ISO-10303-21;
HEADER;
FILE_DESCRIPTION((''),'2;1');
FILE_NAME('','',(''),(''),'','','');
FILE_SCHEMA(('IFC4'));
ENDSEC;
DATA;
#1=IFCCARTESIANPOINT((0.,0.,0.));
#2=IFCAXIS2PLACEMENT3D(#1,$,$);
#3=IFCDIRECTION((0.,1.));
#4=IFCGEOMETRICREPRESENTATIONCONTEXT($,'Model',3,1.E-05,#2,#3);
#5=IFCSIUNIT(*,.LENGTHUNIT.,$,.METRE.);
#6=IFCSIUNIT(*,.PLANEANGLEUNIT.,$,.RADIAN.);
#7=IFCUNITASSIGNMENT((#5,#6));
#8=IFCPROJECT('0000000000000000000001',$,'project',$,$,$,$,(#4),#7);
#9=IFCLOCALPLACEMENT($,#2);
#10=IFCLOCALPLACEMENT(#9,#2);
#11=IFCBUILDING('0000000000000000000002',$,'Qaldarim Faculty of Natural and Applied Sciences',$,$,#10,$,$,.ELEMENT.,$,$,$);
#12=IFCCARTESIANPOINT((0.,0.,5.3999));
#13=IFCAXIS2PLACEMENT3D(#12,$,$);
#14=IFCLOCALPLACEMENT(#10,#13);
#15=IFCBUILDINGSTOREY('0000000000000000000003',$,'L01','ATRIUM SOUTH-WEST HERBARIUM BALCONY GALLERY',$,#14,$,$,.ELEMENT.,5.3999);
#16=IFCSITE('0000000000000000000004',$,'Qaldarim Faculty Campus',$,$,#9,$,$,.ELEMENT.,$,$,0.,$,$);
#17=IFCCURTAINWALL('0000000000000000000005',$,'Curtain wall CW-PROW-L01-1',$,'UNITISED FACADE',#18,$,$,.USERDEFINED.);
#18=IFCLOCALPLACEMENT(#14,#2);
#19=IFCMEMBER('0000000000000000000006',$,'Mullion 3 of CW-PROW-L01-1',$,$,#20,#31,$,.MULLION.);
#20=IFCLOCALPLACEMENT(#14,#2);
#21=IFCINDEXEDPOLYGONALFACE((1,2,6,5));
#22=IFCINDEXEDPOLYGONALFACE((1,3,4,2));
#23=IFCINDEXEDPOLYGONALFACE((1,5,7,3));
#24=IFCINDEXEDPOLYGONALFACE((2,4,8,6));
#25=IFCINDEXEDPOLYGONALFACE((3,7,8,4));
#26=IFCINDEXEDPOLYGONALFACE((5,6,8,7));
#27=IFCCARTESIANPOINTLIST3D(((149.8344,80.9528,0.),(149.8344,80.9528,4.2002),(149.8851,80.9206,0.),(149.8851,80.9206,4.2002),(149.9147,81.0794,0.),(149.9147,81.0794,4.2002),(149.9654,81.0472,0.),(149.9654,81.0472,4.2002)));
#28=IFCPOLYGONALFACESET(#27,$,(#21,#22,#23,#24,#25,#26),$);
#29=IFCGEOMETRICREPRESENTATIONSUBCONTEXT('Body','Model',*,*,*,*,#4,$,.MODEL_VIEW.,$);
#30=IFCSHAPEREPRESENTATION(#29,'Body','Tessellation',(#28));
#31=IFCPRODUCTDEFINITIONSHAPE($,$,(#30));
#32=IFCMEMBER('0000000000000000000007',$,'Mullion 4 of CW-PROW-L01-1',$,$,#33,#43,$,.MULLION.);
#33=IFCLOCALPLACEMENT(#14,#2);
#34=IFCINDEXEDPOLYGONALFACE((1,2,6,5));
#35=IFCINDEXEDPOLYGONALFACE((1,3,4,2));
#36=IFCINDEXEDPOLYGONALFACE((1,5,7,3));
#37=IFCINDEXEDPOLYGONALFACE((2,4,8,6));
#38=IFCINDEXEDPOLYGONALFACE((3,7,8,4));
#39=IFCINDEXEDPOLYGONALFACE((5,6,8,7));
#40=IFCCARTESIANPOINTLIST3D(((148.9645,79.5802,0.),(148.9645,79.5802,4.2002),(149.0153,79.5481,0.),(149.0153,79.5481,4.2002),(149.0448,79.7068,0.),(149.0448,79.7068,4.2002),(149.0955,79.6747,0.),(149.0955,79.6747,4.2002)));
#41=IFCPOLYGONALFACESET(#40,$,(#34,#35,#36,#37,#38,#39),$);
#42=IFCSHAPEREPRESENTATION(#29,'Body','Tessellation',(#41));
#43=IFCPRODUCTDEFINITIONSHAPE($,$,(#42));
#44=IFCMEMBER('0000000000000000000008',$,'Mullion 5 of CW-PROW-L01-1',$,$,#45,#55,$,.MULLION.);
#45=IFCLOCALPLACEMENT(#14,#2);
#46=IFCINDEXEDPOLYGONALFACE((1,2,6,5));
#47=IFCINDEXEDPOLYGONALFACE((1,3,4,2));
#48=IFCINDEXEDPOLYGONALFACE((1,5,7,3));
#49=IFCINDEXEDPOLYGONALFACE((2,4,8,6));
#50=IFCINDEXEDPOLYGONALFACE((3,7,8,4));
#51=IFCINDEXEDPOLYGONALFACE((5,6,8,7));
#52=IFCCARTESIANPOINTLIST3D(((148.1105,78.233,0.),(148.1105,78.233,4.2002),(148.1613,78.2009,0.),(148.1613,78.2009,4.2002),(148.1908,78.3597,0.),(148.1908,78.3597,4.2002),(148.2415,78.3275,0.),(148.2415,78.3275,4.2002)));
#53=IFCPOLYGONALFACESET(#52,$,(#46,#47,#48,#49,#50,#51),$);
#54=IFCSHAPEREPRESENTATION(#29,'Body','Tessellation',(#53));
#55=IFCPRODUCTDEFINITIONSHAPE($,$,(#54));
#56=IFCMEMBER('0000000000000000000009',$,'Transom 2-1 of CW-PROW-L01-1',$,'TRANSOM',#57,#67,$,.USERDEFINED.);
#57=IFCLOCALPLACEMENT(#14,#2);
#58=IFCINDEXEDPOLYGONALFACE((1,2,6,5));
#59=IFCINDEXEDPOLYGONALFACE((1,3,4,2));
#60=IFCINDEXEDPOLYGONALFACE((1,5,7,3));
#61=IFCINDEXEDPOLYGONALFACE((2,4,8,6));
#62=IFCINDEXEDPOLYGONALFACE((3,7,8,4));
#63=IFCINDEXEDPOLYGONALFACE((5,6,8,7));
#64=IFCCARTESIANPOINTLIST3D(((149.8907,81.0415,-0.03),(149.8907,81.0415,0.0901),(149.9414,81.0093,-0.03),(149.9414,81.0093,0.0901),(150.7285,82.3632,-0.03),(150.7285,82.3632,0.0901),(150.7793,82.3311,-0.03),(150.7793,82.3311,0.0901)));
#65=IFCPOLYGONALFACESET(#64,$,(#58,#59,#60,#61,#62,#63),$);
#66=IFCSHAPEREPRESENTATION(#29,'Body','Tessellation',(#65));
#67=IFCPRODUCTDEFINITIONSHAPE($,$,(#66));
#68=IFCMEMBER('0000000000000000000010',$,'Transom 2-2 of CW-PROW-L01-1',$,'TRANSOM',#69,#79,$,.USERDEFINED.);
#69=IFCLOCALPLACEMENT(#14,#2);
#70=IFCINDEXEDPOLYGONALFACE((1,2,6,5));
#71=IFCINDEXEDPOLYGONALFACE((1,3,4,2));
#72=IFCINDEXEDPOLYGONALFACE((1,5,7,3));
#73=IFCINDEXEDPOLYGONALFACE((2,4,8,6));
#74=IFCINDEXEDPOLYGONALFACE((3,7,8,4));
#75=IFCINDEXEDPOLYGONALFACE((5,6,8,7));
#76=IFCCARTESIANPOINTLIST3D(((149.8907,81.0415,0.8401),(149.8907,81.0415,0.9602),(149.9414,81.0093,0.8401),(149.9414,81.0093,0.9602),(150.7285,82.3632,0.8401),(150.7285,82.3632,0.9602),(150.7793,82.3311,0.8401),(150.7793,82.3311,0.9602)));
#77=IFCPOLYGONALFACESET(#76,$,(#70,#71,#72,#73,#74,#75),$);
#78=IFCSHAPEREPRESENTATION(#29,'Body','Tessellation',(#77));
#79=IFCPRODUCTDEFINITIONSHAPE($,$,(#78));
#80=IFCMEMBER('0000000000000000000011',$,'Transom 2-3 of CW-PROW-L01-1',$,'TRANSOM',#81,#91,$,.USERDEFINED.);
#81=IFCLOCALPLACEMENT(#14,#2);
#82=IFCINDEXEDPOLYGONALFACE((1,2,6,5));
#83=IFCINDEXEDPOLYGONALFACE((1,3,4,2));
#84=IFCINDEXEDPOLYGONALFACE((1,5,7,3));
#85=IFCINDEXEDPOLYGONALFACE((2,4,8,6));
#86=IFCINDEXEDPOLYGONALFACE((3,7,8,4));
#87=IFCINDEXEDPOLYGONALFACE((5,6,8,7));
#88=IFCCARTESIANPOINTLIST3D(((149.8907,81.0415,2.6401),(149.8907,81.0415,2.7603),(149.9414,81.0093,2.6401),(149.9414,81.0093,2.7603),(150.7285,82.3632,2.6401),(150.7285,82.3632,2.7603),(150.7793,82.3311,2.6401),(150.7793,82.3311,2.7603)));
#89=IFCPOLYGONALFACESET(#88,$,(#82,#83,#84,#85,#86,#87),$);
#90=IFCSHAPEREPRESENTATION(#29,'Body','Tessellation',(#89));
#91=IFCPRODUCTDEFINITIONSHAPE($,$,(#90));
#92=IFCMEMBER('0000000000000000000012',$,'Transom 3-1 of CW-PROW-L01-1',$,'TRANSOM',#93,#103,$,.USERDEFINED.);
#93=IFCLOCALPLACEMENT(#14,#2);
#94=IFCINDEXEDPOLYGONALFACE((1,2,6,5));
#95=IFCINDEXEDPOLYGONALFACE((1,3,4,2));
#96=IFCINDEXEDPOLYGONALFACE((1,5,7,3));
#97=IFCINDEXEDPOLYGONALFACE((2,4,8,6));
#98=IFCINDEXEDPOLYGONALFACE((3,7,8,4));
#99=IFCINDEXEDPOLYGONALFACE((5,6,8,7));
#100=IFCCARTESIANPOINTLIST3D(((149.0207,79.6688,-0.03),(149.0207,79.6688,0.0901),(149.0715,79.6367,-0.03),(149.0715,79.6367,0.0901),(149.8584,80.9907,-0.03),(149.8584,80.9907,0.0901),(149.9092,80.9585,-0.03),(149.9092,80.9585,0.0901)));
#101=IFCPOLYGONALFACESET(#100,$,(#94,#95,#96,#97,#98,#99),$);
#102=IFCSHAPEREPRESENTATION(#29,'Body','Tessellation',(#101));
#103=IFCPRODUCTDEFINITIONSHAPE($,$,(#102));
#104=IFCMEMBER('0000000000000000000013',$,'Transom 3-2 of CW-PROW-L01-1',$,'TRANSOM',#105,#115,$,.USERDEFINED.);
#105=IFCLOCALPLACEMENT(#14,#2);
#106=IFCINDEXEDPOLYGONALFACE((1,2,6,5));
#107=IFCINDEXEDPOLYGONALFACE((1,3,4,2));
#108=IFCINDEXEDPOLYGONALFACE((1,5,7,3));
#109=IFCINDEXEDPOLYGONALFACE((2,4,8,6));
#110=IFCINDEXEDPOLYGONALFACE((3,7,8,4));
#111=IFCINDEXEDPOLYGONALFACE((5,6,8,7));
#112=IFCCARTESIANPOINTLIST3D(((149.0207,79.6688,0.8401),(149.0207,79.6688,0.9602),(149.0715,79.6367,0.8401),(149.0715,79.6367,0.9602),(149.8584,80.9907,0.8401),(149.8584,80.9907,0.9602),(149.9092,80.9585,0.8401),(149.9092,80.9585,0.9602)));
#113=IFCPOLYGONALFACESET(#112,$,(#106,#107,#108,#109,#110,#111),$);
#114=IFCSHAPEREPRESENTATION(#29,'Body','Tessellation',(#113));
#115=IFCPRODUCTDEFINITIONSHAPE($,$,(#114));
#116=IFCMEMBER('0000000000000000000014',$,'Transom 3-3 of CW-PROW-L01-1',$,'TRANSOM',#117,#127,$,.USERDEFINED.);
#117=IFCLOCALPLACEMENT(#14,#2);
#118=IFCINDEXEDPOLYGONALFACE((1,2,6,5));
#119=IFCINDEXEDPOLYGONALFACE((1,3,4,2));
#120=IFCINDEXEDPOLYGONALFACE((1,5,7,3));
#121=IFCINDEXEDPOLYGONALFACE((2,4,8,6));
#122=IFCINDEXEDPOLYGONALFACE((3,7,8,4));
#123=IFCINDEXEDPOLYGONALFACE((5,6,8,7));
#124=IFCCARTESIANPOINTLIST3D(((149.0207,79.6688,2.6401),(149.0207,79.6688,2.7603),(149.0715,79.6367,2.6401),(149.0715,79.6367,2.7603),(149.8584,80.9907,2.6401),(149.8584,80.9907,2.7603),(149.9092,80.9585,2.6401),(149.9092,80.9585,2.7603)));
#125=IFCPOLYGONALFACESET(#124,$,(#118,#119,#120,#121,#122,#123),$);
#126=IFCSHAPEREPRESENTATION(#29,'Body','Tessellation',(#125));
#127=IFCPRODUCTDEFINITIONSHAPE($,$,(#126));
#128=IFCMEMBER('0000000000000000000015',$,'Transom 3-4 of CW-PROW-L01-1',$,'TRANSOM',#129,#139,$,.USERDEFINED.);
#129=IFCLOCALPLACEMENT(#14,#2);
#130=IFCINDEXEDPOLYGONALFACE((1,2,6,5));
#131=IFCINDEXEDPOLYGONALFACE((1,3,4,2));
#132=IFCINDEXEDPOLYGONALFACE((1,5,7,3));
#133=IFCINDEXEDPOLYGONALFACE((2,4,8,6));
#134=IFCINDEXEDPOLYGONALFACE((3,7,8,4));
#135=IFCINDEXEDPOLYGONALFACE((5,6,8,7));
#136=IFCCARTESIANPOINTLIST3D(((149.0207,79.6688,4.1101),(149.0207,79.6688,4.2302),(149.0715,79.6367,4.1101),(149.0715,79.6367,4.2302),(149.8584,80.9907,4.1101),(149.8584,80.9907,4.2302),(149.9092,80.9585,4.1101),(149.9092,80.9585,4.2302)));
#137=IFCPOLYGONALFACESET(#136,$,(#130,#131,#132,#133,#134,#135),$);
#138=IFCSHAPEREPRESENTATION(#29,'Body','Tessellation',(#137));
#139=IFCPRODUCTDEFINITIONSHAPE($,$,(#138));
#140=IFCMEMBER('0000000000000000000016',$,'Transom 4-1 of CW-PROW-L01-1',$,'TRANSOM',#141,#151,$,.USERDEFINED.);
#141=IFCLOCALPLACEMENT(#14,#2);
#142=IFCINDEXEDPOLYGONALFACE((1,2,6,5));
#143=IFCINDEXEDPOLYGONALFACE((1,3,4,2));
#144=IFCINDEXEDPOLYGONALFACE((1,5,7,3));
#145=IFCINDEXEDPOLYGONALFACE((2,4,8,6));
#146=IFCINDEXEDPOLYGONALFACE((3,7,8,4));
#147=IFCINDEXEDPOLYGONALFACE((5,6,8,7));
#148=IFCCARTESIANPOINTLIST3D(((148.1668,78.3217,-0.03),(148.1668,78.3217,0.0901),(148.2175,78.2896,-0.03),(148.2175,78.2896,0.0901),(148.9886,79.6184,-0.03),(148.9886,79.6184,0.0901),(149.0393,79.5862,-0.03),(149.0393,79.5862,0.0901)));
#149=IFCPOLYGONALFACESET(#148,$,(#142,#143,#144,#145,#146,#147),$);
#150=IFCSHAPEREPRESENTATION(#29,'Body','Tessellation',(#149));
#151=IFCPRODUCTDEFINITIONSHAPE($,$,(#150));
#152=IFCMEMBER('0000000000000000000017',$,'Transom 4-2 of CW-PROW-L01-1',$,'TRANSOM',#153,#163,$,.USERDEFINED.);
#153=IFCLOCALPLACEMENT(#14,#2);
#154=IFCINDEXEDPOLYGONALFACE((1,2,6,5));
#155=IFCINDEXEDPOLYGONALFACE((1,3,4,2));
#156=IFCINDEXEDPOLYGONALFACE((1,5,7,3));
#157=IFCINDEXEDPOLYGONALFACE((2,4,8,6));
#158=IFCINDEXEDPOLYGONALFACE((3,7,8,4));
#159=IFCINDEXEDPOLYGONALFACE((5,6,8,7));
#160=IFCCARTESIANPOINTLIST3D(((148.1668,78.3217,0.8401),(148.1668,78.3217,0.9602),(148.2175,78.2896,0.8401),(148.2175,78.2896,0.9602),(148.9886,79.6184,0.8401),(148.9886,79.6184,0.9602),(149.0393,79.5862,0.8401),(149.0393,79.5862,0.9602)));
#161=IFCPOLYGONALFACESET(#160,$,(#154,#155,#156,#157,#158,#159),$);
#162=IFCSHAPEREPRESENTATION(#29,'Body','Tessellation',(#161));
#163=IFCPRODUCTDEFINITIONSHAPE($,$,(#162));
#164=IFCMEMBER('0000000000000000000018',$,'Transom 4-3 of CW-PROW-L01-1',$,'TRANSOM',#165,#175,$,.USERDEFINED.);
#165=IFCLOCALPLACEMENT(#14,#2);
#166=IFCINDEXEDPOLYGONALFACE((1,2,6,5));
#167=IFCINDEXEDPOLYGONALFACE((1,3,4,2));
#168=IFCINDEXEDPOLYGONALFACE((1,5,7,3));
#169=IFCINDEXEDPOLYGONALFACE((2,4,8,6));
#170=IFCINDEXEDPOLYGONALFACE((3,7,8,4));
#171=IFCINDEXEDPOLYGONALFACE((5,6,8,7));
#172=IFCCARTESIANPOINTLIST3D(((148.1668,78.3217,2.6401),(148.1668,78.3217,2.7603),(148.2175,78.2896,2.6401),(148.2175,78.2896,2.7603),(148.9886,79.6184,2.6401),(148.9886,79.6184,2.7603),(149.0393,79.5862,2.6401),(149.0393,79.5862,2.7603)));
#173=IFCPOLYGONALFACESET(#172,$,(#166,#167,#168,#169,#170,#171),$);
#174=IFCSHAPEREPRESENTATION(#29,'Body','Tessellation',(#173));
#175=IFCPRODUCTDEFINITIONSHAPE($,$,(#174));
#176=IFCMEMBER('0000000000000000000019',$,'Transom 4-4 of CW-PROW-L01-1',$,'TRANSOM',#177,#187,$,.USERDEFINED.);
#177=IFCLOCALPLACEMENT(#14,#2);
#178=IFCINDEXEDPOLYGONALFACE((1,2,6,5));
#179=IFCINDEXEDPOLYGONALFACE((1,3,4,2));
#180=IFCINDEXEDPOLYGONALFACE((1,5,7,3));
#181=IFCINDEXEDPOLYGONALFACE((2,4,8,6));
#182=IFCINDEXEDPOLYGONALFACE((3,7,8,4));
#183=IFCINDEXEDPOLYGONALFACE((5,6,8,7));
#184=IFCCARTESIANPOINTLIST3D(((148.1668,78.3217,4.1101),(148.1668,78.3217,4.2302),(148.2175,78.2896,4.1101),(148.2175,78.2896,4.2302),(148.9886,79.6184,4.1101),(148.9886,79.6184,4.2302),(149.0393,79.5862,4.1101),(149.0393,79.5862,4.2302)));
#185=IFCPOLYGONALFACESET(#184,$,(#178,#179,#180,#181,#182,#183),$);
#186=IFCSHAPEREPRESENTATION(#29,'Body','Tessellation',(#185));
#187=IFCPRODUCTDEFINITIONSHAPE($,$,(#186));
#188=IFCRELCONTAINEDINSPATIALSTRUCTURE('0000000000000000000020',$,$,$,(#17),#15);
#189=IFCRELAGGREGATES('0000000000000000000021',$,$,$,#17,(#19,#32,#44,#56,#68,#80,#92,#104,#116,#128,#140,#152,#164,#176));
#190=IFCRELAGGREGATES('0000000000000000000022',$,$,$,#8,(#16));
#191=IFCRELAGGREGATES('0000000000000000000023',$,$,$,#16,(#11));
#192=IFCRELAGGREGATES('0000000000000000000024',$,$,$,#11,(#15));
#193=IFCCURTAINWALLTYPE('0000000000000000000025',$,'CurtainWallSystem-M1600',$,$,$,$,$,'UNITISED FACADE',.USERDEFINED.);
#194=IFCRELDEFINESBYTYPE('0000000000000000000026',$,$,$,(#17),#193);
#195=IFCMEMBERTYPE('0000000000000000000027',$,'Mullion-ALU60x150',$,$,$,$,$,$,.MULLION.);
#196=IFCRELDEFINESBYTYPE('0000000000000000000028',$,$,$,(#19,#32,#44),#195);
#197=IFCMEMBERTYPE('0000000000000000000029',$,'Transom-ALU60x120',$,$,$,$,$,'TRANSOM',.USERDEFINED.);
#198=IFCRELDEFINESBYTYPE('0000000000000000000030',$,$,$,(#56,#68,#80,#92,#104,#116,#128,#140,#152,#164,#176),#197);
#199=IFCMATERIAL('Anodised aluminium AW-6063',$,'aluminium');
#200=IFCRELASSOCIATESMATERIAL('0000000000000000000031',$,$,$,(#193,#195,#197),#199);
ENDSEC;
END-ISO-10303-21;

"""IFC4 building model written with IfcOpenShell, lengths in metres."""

from ifc_helpers import new_model, si_unit, direction, frame, origin, origin_2d, place, context, subcontext, project, spatial, rectangle, extrude, material, material_profile, profile_set, type_object, element, aggregate, save


model = new_model("IFC4")

# Units and contexts
model_context = context("Model", 3, precision=1e-05, world=origin(), true_north=direction((0.0, 1.0)))
body_context = subcontext(model_context, "Body", "Model", "MODEL_VIEW")
ifc_project = project(units=[si_unit("LENGTHUNIT", "METRE"), si_unit("PLANEANGLEUNIT", "RADIAN")], contexts=[model_context])

# Site, building, storey
site_placement = place(None, origin())
site = spatial("IfcSite", under=ifc_project, at=site_placement, Name="Qaldarim Faculty Campus", CompositionType="ELEMENT", RefElevation=0.0)
building_placement = place(site_placement, origin())
building = spatial("IfcBuilding", under=site, at=building_placement, Name="Qaldarim Faculty of Natural and Applied Sciences", CompositionType="ELEMENT")
storey_placement = place(building_placement, frame((0.0, 0.0, 5.3999)))
storey = spatial("IfcBuildingStorey", under=building, at=storey_placement, Name="L01", Description="ATRIUM SOUTH-WEST HERBARIUM BALCONY GALLERY", CompositionType="ELEMENT", Elevation=5.3999)

# Curtain wall, members
ifc_material_1 = material(Name="Anodised aluminium AW-6063", Category="aluminium")
curtain_wall_type = type_object("IfcCurtainWallType", Name="CurtainWallSystem-M1600", ElementType="UNITISED FACADE", PredefinedType="USERDEFINED", material=ifc_material_1)
curtain_wall_placement = place(storey_placement, origin())
curtain_wall = element("IfcCurtainWall", 1, at=curtain_wall_placement, inside=storey, type_object=curtain_wall_type, Name="Curtain wall CW-PROW-L01-1", ObjectType="UNITISED FACADE", PredefinedType="USERDEFINED")
ifc_material_profile_1 = material_profile(ifc_material_1, rectangle(XDim=0.0601, YDim=0.1499, at=origin_2d()), Name="ALU-M60x150")
ifc_profile_set_1 = profile_set([ifc_material_profile_1], Name="Anodised aluminium AW-6063")
member_type_1 = type_object("IfcMemberType", Name="Mullion-ALU60x150", PredefinedType="MULLION", material=ifc_profile_set_1)
member_1_placement = place(storey_placement, frame((149.8999, 81.0, 0.0), z_axis=(0.0, 0.0, 1.0), x_axis=(0.844608, -0.535385, 0.0)))
member_1 = element("IfcMember", 2, at=member_1_placement, type_object=member_type_1, Name="Mullion 3 of CW-PROW-L01-1", PredefinedType="MULLION", context=body_context, shape_type="SweptSolid", body=[
    extrude(rectangle(XDim=0.0601, YDim=0.1499, at=origin_2d()), origin(), (0.0, 0.0, 1.0), 4.2002),
])
member_2_placement = place(storey_placement, frame((149.03, 79.6274, 0.0), z_axis=(0.0, 0.0, 1.0), x_axis=(0.844608, -0.535385, 0.0)))
member_2 = element("IfcMember", 3, at=member_2_placement, type_object=member_type_1, Name="Mullion 4 of CW-PROW-L01-1", PredefinedType="MULLION", context=body_context, shape_type="SweptSolid", body=[
    extrude(rectangle(XDim=0.0601, YDim=0.1499, at=origin_2d()), origin(), (0.0, 0.0, 1.0), 4.2002),
])
member_3_placement = place(storey_placement, frame((148.176, 78.2803, 0.0), z_axis=(0.0, 0.0, 1.0), x_axis=(0.844608, -0.535385, 0.0)))
member_3 = element("IfcMember", 4, at=member_3_placement, type_object=member_type_1, Name="Mullion 5 of CW-PROW-L01-1", PredefinedType="MULLION", context=body_context, shape_type="SweptSolid", body=[
    extrude(rectangle(XDim=0.0601, YDim=0.1499, at=origin_2d()), origin(), (0.0, 0.0, 1.0), 4.2002),
])
ifc_material_profile_2 = material_profile(ifc_material_1, rectangle(XDim=0.0601, YDim=0.1201, at=origin_2d()), Name="ALU-T60x120")
ifc_profile_set_2 = profile_set([ifc_material_profile_2], Name="Anodised aluminium AW-6063")
member_type_2 = type_object("IfcMemberType", Name="Transom-ALU60x120", ElementType="TRANSOM", PredefinedType="USERDEFINED", material=ifc_profile_set_2)
member_4_placement = place(storey_placement, frame((150.7539, 82.3472, 0.03), z_axis=(-0.535401, -0.844598, 0.0), x_axis=(0.844598, -0.535401, 0.0)))
member_4 = element("IfcMember", 5, at=member_4_placement, type_object=member_type_2, Name="Transom 2-1 of CW-PROW-L01-1", ObjectType="TRANSOM", PredefinedType="USERDEFINED", context=body_context, shape_type="SweptSolid", body=[
    extrude(rectangle(XDim=0.0601, YDim=0.1201, at=origin_2d()), origin(), (0.0, 0.0, 1.0), 1.5649),
])
member_5_placement = place(storey_placement, frame((150.7539, 82.3472, 0.9001), z_axis=(-0.535401, -0.844598, 0.0), x_axis=(0.844598, -0.535401, 0.0)))
member_5 = element("IfcMember", 6, at=member_5_placement, type_object=member_type_2, Name="Transom 2-2 of CW-PROW-L01-1", ObjectType="TRANSOM", PredefinedType="USERDEFINED", context=body_context, shape_type="SweptSolid", body=[
    extrude(rectangle(XDim=0.0601, YDim=0.1201, at=origin_2d()), origin(), (0.0, 0.0, 1.0), 1.5649),
])
member_6_placement = place(storey_placement, frame((150.7539, 82.3472, 2.7002), z_axis=(-0.535401, -0.844598, 0.0), x_axis=(0.844598, -0.535401, 0.0)))
member_6 = element("IfcMember", 7, at=member_6_placement, type_object=member_type_2, Name="Transom 2-3 of CW-PROW-L01-1", ObjectType="TRANSOM", PredefinedType="USERDEFINED", context=body_context, shape_type="SweptSolid", body=[
    extrude(rectangle(XDim=0.0601, YDim=0.1201, at=origin_2d()), origin(), (0.0, 0.0, 1.0), 1.5649),
])
member_7_placement = place(storey_placement, frame((149.8838, 80.9746, 0.03), z_axis=(-0.53529, -0.844669, 0.0), x_axis=(0.844669, -0.53529, 0.0)))
member_7 = element("IfcMember", 8, at=member_7_placement, type_object=member_type_2, Name="Transom 3-1 of CW-PROW-L01-1", ObjectType="TRANSOM", PredefinedType="USERDEFINED", context=body_context, shape_type="SweptSolid", body=[
    extrude(rectangle(XDim=0.0601, YDim=0.1201, at=origin_2d()), origin(), (0.0, 0.0, 1.0), 1.5649),
])
member_8_placement = place(storey_placement, frame((149.8838, 80.9746, 0.9001), z_axis=(-0.53529, -0.844669, 0.0), x_axis=(0.844669, -0.53529, 0.0)))
member_8 = element("IfcMember", 9, at=member_8_placement, type_object=member_type_2, Name="Transom 3-2 of CW-PROW-L01-1", ObjectType="TRANSOM", PredefinedType="USERDEFINED", context=body_context, shape_type="SweptSolid", body=[
    extrude(rectangle(XDim=0.0601, YDim=0.1201, at=origin_2d()), origin(), (0.0, 0.0, 1.0), 1.5649),
])
member_9_placement = place(storey_placement, frame((149.8838, 80.9746, 2.7002), z_axis=(-0.53529, -0.844669, 0.0), x_axis=(0.844669, -0.53529, 0.0)))
member_9 = element("IfcMember", 10, at=member_9_placement, type_object=member_type_2, Name="Transom 3-3 of CW-PROW-L01-1", ObjectType="TRANSOM", PredefinedType="USERDEFINED", context=body_context, shape_type="SweptSolid", body=[
    extrude(rectangle(XDim=0.0601, YDim=0.1201, at=origin_2d()), origin(), (0.0, 0.0, 1.0), 1.5649),
])
member_10_placement = place(storey_placement, frame((149.8838, 80.9746, 4.1702), z_axis=(-0.53529, -0.844669, 0.0), x_axis=(0.844669, -0.53529, 0.0)))
member_10 = element("IfcMember", 11, at=member_10_placement, type_object=member_type_2, Name="Transom 3-4 of CW-PROW-L01-1", ObjectType="TRANSOM", PredefinedType="USERDEFINED", context=body_context, shape_type="SweptSolid", body=[
    extrude(rectangle(XDim=0.0601, YDim=0.1201, at=origin_2d()), origin(), (0.0, 0.0, 1.0), 1.5649),
])
member_11_placement = place(storey_placement, frame((149.0139, 79.6023, 0.03), z_axis=(-0.535321, -0.844649, 0.0), x_axis=(0.844649, -0.535321, 0.0)))
member_11 = element("IfcMember", 12, at=member_11_placement, type_object=member_type_2, Name="Transom 4-1 of CW-PROW-L01-1", ObjectType="TRANSOM", PredefinedType="USERDEFINED", context=body_context, shape_type="SweptSolid", body=[
    extrude(rectangle(XDim=0.0601, YDim=0.1201, at=origin_2d()), origin(), (0.0, 0.0, 1.0), 1.5352),
])
member_12_placement = place(storey_placement, frame((149.0139, 79.6023, 0.9001), z_axis=(-0.535321, -0.844649, 0.0), x_axis=(0.844649, -0.535321, 0.0)))
member_12 = element("IfcMember", 13, at=member_12_placement, type_object=member_type_2, Name="Transom 4-2 of CW-PROW-L01-1", ObjectType="TRANSOM", PredefinedType="USERDEFINED", context=body_context, shape_type="SweptSolid", body=[
    extrude(rectangle(XDim=0.0601, YDim=0.1201, at=origin_2d()), origin(), (0.0, 0.0, 1.0), 1.5352),
])
member_13_placement = place(storey_placement, frame((149.0139, 79.6023, 2.7002), z_axis=(-0.535321, -0.844649, 0.0), x_axis=(0.844649, -0.535321, 0.0)))
member_13 = element("IfcMember", 14, at=member_13_placement, type_object=member_type_2, Name="Transom 4-3 of CW-PROW-L01-1", ObjectType="TRANSOM", PredefinedType="USERDEFINED", context=body_context, shape_type="SweptSolid", body=[
    extrude(rectangle(XDim=0.0601, YDim=0.1201, at=origin_2d()), origin(), (0.0, 0.0, 1.0), 1.5352),
])
member_14_placement = place(storey_placement, frame((149.0139, 79.6023, 4.1702), z_axis=(-0.535321, -0.844649, 0.0), x_axis=(0.844649, -0.535321, 0.0)))
member_14 = element("IfcMember", 15, at=member_14_placement, type_object=member_type_2, Name="Transom 4-4 of CW-PROW-L01-1", ObjectType="TRANSOM", PredefinedType="USERDEFINED", context=body_context, shape_type="SweptSolid", body=[
    extrude(rectangle(XDim=0.0601, YDim=0.1201, at=origin_2d()), origin(), (0.0, 0.0, 1.0), 1.5352),
])
aggregate(curtain_wall, [member_1, member_2, member_3, member_4, member_5, member_6, member_7, member_8, member_9, member_10, member_11, member_12, member_13, member_14])

save(model, "model.ifc")
